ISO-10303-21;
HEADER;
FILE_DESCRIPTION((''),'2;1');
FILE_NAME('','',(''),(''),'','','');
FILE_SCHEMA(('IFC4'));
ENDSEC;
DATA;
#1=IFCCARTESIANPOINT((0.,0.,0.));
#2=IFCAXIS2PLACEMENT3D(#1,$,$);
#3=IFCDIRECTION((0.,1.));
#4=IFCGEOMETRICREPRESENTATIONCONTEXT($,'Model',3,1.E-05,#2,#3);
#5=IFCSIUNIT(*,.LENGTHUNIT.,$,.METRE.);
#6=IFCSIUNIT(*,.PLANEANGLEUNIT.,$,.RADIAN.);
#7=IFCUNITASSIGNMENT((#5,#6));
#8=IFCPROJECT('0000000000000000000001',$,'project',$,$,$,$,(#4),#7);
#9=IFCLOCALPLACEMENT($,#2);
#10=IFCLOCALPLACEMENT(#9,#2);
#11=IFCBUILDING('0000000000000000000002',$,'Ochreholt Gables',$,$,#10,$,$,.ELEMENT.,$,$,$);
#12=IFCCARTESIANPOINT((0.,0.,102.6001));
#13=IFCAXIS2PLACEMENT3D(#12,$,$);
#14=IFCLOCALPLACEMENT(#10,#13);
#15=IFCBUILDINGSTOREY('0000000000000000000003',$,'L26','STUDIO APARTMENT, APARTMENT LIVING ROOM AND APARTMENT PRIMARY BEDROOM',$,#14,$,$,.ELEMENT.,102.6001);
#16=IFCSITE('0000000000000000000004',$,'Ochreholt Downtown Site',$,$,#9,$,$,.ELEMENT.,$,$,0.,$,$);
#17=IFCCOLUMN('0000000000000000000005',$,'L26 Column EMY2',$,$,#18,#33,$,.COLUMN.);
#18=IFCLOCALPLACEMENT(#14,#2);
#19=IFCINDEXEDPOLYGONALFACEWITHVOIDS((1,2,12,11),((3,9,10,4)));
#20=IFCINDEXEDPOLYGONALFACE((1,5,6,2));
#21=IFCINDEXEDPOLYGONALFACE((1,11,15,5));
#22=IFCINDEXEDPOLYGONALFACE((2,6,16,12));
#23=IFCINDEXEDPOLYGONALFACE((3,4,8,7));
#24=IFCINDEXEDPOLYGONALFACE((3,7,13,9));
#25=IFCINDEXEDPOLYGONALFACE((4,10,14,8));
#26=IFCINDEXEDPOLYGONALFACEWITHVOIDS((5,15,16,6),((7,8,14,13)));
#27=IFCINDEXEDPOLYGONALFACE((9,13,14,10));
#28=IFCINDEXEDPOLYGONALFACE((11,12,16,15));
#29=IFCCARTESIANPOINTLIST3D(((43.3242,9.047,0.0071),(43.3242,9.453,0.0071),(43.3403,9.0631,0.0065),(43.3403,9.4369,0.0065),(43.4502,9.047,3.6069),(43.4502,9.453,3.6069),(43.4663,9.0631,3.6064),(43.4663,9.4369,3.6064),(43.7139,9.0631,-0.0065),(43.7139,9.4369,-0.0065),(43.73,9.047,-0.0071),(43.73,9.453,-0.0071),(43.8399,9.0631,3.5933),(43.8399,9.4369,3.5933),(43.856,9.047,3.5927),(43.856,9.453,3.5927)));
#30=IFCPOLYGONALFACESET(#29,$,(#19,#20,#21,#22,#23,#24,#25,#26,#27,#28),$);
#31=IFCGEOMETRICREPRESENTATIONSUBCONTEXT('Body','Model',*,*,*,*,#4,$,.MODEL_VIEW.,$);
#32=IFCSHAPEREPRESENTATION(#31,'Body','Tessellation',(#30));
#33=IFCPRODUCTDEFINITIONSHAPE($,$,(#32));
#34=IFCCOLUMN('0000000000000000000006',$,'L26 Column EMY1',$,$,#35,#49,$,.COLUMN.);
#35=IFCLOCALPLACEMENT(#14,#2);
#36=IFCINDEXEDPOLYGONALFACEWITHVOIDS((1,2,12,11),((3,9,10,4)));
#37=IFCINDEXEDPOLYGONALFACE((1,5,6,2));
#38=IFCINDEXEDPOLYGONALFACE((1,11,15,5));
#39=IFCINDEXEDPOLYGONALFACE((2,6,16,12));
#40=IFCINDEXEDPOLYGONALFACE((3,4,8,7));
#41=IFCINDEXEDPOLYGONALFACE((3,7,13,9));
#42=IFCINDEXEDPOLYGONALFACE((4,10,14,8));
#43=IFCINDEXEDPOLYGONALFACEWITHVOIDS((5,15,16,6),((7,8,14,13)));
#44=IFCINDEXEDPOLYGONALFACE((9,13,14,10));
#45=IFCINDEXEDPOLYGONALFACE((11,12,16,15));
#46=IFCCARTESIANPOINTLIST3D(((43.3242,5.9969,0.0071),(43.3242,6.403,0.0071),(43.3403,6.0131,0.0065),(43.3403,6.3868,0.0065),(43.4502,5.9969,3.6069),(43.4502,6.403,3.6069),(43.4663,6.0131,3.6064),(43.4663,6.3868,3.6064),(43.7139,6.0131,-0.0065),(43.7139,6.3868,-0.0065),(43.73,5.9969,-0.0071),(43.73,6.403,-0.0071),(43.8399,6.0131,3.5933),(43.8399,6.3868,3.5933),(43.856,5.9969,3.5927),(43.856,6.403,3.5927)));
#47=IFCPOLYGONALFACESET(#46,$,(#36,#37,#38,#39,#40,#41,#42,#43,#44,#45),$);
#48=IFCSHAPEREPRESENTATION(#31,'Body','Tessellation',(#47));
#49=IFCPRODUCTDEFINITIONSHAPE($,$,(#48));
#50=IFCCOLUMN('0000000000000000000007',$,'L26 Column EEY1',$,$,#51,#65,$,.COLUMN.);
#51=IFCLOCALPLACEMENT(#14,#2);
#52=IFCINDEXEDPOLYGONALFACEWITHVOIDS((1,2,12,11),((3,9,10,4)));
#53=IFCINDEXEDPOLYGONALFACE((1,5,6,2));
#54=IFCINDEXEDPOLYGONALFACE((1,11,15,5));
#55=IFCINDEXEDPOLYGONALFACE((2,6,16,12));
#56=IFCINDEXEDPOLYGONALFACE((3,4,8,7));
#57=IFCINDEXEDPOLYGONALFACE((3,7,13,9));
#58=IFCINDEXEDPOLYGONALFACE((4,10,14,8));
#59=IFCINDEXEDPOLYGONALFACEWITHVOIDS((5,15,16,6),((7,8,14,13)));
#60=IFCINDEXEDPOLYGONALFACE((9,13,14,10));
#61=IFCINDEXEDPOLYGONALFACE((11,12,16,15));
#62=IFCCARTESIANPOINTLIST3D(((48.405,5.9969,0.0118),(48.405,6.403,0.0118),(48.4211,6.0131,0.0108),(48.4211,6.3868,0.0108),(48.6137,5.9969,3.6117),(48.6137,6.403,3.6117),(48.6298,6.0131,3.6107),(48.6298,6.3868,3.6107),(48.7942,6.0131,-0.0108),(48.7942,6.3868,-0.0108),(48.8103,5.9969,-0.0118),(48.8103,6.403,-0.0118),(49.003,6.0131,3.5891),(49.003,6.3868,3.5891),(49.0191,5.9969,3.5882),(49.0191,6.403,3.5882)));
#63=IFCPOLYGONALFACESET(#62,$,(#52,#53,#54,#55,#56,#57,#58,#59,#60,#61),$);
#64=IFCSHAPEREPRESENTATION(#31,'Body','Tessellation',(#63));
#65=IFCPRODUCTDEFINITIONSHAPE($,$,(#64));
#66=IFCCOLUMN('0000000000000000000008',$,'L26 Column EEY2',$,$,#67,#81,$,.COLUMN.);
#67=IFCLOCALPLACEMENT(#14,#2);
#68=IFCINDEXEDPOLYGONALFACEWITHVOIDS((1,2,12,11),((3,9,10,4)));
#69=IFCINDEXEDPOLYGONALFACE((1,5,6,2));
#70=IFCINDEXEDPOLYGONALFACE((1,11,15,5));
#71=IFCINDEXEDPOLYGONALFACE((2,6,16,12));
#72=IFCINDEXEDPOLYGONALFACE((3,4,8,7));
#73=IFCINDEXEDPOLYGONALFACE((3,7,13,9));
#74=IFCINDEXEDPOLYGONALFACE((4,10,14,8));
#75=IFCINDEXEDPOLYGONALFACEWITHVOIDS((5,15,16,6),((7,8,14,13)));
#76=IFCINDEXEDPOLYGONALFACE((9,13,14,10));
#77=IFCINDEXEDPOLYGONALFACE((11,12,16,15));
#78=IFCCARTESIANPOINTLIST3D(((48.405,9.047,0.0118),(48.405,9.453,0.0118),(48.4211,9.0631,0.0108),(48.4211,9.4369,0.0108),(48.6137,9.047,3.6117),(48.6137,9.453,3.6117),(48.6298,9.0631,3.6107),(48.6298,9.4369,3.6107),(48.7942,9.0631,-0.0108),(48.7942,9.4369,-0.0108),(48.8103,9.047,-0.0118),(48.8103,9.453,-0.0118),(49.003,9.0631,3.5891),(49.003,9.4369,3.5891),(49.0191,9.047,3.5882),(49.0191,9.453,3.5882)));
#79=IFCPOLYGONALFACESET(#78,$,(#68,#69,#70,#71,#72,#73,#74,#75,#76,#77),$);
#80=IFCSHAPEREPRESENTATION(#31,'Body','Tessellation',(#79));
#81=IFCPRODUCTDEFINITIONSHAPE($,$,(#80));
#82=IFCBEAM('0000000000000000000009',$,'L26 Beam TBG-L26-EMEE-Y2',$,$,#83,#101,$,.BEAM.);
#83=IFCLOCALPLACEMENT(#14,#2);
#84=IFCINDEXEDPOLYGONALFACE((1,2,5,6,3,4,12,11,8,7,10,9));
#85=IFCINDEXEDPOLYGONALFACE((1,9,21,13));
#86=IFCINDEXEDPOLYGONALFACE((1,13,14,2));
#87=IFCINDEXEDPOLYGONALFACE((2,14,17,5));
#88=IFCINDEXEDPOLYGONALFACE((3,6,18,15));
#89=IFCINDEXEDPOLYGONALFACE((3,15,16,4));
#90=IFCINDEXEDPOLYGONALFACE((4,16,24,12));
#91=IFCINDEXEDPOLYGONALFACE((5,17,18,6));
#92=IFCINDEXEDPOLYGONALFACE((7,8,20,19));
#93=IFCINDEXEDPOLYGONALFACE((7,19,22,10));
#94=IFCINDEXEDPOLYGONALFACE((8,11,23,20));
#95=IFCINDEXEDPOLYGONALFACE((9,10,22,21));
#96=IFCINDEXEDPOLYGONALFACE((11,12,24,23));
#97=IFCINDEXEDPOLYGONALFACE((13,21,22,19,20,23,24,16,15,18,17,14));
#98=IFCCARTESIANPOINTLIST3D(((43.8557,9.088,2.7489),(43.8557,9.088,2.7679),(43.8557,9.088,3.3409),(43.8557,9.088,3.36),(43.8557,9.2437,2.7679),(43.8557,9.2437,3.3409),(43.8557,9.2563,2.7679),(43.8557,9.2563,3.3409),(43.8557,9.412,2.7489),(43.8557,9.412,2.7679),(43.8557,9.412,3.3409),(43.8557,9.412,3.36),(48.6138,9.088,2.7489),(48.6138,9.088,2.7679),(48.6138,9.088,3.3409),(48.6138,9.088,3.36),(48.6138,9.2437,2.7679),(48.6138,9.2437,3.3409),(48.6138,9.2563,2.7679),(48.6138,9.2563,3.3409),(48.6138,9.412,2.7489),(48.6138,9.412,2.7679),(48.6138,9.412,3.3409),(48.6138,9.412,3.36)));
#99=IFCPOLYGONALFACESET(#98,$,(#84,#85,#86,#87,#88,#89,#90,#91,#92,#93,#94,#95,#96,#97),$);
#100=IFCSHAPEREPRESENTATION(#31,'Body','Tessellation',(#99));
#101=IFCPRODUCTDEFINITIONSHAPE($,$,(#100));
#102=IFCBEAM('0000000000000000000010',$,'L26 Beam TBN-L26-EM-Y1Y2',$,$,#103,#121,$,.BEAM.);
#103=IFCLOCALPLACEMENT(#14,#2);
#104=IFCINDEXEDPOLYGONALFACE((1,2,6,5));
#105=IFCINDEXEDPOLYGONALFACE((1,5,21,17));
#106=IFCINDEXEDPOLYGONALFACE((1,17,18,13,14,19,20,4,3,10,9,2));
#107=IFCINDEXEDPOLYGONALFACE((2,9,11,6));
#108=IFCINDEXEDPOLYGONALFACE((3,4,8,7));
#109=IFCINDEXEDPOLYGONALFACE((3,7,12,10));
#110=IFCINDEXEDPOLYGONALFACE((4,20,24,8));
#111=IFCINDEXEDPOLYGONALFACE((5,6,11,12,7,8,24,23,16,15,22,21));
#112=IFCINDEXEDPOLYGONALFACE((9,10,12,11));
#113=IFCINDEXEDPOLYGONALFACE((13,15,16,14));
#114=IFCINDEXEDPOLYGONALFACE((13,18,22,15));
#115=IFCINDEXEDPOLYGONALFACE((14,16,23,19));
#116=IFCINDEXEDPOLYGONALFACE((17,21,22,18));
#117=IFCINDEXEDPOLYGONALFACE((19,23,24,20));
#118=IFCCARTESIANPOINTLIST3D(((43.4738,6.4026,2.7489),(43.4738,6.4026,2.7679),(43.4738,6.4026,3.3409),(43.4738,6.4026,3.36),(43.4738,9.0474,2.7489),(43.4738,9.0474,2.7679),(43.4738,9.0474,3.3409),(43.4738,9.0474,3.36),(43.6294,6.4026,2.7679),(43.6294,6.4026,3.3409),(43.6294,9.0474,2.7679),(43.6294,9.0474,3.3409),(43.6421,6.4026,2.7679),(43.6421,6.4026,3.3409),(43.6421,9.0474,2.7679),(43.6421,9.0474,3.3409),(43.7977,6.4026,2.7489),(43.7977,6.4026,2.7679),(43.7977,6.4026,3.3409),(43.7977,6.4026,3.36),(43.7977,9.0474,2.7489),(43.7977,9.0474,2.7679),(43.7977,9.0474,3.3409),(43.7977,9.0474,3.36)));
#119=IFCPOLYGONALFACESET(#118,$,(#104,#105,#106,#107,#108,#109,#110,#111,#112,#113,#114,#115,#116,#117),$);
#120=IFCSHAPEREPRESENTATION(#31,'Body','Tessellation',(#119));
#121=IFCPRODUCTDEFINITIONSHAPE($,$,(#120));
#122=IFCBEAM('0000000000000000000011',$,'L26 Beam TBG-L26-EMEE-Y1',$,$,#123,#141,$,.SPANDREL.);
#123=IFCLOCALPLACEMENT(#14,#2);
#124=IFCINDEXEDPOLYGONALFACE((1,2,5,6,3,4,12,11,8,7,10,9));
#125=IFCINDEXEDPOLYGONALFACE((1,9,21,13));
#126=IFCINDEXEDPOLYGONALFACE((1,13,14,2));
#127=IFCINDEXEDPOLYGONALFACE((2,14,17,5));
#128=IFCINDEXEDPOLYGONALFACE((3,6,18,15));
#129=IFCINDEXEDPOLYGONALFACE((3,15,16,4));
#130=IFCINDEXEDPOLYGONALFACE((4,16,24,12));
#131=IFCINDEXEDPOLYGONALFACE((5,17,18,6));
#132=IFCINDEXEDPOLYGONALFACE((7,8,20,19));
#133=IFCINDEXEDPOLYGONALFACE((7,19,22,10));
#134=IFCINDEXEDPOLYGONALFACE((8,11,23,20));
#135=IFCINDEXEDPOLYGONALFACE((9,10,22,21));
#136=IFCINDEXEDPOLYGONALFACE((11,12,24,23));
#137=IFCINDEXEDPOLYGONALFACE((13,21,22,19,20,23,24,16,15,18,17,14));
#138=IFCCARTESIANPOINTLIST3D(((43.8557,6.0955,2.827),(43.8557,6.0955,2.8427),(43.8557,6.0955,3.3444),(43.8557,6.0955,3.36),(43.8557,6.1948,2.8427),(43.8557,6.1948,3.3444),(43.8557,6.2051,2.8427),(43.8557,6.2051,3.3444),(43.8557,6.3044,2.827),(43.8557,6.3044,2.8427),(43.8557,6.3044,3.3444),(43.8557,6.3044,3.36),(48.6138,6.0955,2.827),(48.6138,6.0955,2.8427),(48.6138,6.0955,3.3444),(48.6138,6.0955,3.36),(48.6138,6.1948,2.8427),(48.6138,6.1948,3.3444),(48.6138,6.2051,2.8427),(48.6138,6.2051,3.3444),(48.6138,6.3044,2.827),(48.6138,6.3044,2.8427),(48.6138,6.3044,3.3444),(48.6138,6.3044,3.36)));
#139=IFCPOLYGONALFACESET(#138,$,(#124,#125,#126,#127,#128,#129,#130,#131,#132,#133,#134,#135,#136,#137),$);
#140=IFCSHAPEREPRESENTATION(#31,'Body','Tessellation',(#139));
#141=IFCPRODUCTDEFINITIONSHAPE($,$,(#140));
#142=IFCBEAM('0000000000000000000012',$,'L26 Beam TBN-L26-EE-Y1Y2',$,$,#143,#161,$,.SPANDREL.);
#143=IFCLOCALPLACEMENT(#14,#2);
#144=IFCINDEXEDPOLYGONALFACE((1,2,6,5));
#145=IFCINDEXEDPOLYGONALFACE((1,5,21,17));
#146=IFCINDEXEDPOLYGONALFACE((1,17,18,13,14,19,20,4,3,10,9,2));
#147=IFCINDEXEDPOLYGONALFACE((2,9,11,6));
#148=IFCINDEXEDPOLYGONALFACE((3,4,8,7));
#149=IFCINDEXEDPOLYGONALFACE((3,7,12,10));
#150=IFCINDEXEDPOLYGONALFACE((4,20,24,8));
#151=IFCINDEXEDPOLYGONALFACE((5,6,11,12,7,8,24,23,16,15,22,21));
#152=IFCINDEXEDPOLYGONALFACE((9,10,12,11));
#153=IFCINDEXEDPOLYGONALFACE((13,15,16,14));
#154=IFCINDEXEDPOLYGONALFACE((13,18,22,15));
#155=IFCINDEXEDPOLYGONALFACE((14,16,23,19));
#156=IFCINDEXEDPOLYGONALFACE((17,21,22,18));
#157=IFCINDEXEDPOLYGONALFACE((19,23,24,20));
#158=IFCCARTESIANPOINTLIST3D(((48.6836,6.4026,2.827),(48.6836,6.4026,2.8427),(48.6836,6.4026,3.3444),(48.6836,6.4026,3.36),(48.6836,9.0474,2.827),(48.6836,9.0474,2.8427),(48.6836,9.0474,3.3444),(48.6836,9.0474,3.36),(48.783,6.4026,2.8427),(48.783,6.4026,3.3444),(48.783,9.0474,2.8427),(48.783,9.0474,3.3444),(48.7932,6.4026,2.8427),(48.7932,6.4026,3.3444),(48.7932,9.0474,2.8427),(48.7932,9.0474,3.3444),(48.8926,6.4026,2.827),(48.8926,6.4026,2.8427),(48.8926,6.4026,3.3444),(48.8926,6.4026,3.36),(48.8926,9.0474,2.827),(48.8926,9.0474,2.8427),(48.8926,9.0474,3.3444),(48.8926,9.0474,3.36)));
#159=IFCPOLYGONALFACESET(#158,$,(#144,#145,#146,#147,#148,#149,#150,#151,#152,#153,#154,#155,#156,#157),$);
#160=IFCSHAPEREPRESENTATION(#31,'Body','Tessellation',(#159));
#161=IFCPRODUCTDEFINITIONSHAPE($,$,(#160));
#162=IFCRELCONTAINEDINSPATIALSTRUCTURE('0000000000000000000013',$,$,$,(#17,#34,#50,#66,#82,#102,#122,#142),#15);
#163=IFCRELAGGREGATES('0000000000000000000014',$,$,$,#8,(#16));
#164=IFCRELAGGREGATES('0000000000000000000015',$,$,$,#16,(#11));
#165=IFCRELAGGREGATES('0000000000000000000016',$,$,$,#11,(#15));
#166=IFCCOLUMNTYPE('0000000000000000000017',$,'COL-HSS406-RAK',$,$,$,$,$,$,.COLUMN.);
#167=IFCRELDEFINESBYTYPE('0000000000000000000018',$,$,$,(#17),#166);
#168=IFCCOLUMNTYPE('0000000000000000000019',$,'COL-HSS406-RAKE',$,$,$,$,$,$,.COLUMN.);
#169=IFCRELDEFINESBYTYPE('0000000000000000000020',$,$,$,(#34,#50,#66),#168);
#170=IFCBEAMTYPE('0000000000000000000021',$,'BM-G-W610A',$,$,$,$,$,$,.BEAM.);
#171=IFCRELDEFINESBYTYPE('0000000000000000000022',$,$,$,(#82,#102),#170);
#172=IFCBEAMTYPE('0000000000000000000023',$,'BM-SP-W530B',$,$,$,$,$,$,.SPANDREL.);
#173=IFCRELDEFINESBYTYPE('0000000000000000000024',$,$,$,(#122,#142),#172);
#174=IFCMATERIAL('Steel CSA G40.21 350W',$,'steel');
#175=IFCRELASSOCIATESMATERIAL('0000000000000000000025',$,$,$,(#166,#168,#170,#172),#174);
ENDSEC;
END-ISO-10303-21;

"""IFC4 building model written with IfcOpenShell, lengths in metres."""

from ifc_helpers import new_model, si_unit, direction, frame, origin, origin_2d, place, context, subcontext, project, spatial, hollow_rectangle, i_section, extrude, material, material_profile, profile_set, type_object, element, save


model = new_model("IFC4")

# Units and contexts
model_context = context("Model", 3, precision=1e-05, world=origin(), true_north=direction((0.0, 1.0)))
body_context = subcontext(model_context, "Body", "Model", "MODEL_VIEW")
ifc_project = project(units=[si_unit("LENGTHUNIT", "METRE"), si_unit("PLANEANGLEUNIT", "RADIAN")], contexts=[model_context])

# Site, building, storey
site_placement = place(None, origin())
site = spatial("IfcSite", under=ifc_project, at=site_placement, Name="Ochreholt Downtown Site", CompositionType="ELEMENT", RefElevation=0.0)
building_placement = place(site_placement, origin())
building = spatial("IfcBuilding", under=site, at=building_placement, Name="Ochreholt Gables", CompositionType="ELEMENT")
storey_placement = place(building_placement, frame((0.0, 0.0, 102.6001)))
storey = spatial("IfcBuildingStorey", under=building, at=storey_placement, Name="L26", Description="STUDIO APARTMENT, APARTMENT LIVING ROOM AND APARTMENT PRIMARY BEDROOM", CompositionType="ELEMENT", Elevation=102.6001)

# Columns
ifc_material_1 = material(Name="Steel CSA G40.21 350W", Category="steel")
ifc_material_profile_1 = material_profile(ifc_material_1, hollow_rectangle(XDim=0.406, YDim=0.406, WallThickness=0.0161, at=origin_2d()), Name="HSS406X406X16")
ifc_profile_set_1 = profile_set([ifc_material_profile_1], Name="Steel CSA G40.21 350W")
column_type_1 = type_object("IfcColumnType", Name="COL-HSS406-RAK", PredefinedType="COLUMN", material=ifc_profile_set_1)
column_1_placement = place(storey_placement, frame((43.5271, 9.25, 0.0), z_axis=(0.034974, 0.0, 0.999388), x_axis=(0.0, 1.0, 0.0)))
element("IfcColumn", 1, at=column_1_placement, inside=storey, type_object=column_type_1, Name="L26 Column EMY2", PredefinedType="COLUMN", context=body_context, shape_type="SweptSolid", body=[
    extrude(hollow_rectangle(XDim=0.406, YDim=0.406, WallThickness=0.0161, at=origin_2d()), origin(), (0.0, 0.0, 1.0), 3.6021),
])
ifc_material_profile_2 = material_profile(ifc_material_1, hollow_rectangle(XDim=0.406, YDim=0.406, WallThickness=0.0161, at=origin_2d()), Name="HSS406X406X16")
ifc_profile_set_2 = profile_set([ifc_material_profile_2], Name="Steel CSA G40.21 350W")
column_type_2 = type_object("IfcColumnType", Name="COL-HSS406-RAKE", PredefinedType="COLUMN", material=ifc_profile_set_2)
column_2_placement = place(storey_placement, frame((43.5271, 6.2, 0.0), z_axis=(0.034974, 0.0, 0.999388), x_axis=(0.0, 1.0, 0.0)))
element("IfcColumn", 2, at=column_2_placement, inside=storey, type_object=column_type_2, Name="L26 Column EMY1", PredefinedType="COLUMN", context=body_context, shape_type="SweptSolid", body=[
    extrude(hollow_rectangle(XDim=0.406, YDim=0.406, WallThickness=0.0161, at=origin_2d()), origin(), (0.0, 0.0, 1.0), 3.6021),
])
for number, where, z_axis, x_axis, name in (
    (3, (48.6077, 6.2, 0.0), (0.057889, 0.0, 0.998323), (0.0, 1.0, 0.0), "L26 Column EEY1"),
    (4, (48.6077, 9.25, 0.0), (0.057889, 0.0, 0.998323), (0.0, 1.0, 0.0), "L26 Column EEY2"),
):
    element("IfcColumn", number, at=place(storey_placement, frame(where, z_axis=z_axis, x_axis=x_axis)), inside=storey, type_object=column_type_2, Name=name, PredefinedType="COLUMN", context=body_context, shape_type="SweptSolid", body=[
        extrude(hollow_rectangle(XDim=0.406, YDim=0.406, WallThickness=0.0161, at=origin_2d()), origin(), (0.0, 0.0, 1.0), 3.606),
    ])

# Beams
ifc_material_profile_3 = material_profile(ifc_material_1, i_section(OverallWidth=0.324, OverallDepth=0.6111, WebThickness=0.0127, FlangeThickness=0.019, at=origin_2d()), Name="W610X155")
ifc_profile_set_3 = profile_set([ifc_material_profile_3], Name="Steel CSA G40.21 350W")
beam_type_1 = type_object("IfcBeamType", Name="BM-G-W610A", PredefinedType="BEAM", material=ifc_profile_set_3)
beam_1_placement = place(storey_placement, frame((43.8557, 9.25, 3.0544), z_axis=(1.0, 0.0, 0.0), x_axis=(0.0, 1.0, 0.0)))
element("IfcBeam", 5, at=beam_1_placement, inside=storey, type_object=beam_type_1, Name="L26 Beam TBG-L26-EMEE-Y2", PredefinedType="BEAM", context=body_context, shape_type="SweptSolid", body=[
    extrude(i_section(OverallWidth=0.324, OverallDepth=0.6111, WebThickness=0.0127, FlangeThickness=0.019, at=origin_2d()), origin(), (0.0, 0.0, 1.0), 4.7581),
])
beam_2_placement = place(storey_placement, frame((43.6357, 6.4026, 3.0544), z_axis=(0.0, 1.0, 0.0), x_axis=(-1.0, 0.0, 0.0)))
element("IfcBeam", 6, at=beam_2_placement, inside=storey, type_object=beam_type_1, Name="L26 Beam TBN-L26-EM-Y1Y2", PredefinedType="BEAM", context=body_context, shape_type="SweptSolid", body=[
    extrude(i_section(OverallWidth=0.324, OverallDepth=0.6111, WebThickness=0.0127, FlangeThickness=0.019, at=origin_2d()), origin(), (0.0, 0.0, 1.0), 2.6448),
])
ifc_material_profile_4 = material_profile(ifc_material_1, i_section(OverallWidth=0.209, OverallDepth=0.533, WebThickness=0.0103, FlangeThickness=0.0156, at=origin_2d()), Name="W530X92")
ifc_profile_set_4 = profile_set([ifc_material_profile_4], Name="Steel CSA G40.21 350W")
beam_type_2 = type_object("IfcBeamType", Name="BM-SP-W530B", PredefinedType="SPANDREL", material=ifc_profile_set_4)
beam_3_placement = place(storey_placement, frame((43.8557, 6.2, 3.0935), z_axis=(1.0, 0.0, 0.0), x_axis=(0.0, 1.0, 0.0)))
element("IfcBeam", 7, at=beam_3_placement, inside=storey, type_object=beam_type_2, Name="L26 Beam TBG-L26-EMEE-Y1", PredefinedType="SPANDREL", context=body_context, shape_type="SweptSolid", body=[
    extrude(i_section(OverallWidth=0.209, OverallDepth=0.533, WebThickness=0.0103, FlangeThickness=0.0156, at=origin_2d()), origin(), (0.0, 0.0, 1.0), 4.7581),
])
beam_4_placement = place(storey_placement, frame((48.7881, 6.4026, 3.0935), z_axis=(0.0, 1.0, 0.0), x_axis=(-1.0, 0.0, 0.0)))
element("IfcBeam", 8, at=beam_4_placement, inside=storey, type_object=beam_type_2, Name="L26 Beam TBN-L26-EE-Y1Y2", PredefinedType="SPANDREL", context=body_context, shape_type="SweptSolid", body=[
    extrude(i_section(OverallWidth=0.209, OverallDepth=0.533, WebThickness=0.0103, FlangeThickness=0.0156, at=origin_2d()), origin(), (0.0, 0.0, 1.0), 2.6448),
])

save(model, "model.ifc")
